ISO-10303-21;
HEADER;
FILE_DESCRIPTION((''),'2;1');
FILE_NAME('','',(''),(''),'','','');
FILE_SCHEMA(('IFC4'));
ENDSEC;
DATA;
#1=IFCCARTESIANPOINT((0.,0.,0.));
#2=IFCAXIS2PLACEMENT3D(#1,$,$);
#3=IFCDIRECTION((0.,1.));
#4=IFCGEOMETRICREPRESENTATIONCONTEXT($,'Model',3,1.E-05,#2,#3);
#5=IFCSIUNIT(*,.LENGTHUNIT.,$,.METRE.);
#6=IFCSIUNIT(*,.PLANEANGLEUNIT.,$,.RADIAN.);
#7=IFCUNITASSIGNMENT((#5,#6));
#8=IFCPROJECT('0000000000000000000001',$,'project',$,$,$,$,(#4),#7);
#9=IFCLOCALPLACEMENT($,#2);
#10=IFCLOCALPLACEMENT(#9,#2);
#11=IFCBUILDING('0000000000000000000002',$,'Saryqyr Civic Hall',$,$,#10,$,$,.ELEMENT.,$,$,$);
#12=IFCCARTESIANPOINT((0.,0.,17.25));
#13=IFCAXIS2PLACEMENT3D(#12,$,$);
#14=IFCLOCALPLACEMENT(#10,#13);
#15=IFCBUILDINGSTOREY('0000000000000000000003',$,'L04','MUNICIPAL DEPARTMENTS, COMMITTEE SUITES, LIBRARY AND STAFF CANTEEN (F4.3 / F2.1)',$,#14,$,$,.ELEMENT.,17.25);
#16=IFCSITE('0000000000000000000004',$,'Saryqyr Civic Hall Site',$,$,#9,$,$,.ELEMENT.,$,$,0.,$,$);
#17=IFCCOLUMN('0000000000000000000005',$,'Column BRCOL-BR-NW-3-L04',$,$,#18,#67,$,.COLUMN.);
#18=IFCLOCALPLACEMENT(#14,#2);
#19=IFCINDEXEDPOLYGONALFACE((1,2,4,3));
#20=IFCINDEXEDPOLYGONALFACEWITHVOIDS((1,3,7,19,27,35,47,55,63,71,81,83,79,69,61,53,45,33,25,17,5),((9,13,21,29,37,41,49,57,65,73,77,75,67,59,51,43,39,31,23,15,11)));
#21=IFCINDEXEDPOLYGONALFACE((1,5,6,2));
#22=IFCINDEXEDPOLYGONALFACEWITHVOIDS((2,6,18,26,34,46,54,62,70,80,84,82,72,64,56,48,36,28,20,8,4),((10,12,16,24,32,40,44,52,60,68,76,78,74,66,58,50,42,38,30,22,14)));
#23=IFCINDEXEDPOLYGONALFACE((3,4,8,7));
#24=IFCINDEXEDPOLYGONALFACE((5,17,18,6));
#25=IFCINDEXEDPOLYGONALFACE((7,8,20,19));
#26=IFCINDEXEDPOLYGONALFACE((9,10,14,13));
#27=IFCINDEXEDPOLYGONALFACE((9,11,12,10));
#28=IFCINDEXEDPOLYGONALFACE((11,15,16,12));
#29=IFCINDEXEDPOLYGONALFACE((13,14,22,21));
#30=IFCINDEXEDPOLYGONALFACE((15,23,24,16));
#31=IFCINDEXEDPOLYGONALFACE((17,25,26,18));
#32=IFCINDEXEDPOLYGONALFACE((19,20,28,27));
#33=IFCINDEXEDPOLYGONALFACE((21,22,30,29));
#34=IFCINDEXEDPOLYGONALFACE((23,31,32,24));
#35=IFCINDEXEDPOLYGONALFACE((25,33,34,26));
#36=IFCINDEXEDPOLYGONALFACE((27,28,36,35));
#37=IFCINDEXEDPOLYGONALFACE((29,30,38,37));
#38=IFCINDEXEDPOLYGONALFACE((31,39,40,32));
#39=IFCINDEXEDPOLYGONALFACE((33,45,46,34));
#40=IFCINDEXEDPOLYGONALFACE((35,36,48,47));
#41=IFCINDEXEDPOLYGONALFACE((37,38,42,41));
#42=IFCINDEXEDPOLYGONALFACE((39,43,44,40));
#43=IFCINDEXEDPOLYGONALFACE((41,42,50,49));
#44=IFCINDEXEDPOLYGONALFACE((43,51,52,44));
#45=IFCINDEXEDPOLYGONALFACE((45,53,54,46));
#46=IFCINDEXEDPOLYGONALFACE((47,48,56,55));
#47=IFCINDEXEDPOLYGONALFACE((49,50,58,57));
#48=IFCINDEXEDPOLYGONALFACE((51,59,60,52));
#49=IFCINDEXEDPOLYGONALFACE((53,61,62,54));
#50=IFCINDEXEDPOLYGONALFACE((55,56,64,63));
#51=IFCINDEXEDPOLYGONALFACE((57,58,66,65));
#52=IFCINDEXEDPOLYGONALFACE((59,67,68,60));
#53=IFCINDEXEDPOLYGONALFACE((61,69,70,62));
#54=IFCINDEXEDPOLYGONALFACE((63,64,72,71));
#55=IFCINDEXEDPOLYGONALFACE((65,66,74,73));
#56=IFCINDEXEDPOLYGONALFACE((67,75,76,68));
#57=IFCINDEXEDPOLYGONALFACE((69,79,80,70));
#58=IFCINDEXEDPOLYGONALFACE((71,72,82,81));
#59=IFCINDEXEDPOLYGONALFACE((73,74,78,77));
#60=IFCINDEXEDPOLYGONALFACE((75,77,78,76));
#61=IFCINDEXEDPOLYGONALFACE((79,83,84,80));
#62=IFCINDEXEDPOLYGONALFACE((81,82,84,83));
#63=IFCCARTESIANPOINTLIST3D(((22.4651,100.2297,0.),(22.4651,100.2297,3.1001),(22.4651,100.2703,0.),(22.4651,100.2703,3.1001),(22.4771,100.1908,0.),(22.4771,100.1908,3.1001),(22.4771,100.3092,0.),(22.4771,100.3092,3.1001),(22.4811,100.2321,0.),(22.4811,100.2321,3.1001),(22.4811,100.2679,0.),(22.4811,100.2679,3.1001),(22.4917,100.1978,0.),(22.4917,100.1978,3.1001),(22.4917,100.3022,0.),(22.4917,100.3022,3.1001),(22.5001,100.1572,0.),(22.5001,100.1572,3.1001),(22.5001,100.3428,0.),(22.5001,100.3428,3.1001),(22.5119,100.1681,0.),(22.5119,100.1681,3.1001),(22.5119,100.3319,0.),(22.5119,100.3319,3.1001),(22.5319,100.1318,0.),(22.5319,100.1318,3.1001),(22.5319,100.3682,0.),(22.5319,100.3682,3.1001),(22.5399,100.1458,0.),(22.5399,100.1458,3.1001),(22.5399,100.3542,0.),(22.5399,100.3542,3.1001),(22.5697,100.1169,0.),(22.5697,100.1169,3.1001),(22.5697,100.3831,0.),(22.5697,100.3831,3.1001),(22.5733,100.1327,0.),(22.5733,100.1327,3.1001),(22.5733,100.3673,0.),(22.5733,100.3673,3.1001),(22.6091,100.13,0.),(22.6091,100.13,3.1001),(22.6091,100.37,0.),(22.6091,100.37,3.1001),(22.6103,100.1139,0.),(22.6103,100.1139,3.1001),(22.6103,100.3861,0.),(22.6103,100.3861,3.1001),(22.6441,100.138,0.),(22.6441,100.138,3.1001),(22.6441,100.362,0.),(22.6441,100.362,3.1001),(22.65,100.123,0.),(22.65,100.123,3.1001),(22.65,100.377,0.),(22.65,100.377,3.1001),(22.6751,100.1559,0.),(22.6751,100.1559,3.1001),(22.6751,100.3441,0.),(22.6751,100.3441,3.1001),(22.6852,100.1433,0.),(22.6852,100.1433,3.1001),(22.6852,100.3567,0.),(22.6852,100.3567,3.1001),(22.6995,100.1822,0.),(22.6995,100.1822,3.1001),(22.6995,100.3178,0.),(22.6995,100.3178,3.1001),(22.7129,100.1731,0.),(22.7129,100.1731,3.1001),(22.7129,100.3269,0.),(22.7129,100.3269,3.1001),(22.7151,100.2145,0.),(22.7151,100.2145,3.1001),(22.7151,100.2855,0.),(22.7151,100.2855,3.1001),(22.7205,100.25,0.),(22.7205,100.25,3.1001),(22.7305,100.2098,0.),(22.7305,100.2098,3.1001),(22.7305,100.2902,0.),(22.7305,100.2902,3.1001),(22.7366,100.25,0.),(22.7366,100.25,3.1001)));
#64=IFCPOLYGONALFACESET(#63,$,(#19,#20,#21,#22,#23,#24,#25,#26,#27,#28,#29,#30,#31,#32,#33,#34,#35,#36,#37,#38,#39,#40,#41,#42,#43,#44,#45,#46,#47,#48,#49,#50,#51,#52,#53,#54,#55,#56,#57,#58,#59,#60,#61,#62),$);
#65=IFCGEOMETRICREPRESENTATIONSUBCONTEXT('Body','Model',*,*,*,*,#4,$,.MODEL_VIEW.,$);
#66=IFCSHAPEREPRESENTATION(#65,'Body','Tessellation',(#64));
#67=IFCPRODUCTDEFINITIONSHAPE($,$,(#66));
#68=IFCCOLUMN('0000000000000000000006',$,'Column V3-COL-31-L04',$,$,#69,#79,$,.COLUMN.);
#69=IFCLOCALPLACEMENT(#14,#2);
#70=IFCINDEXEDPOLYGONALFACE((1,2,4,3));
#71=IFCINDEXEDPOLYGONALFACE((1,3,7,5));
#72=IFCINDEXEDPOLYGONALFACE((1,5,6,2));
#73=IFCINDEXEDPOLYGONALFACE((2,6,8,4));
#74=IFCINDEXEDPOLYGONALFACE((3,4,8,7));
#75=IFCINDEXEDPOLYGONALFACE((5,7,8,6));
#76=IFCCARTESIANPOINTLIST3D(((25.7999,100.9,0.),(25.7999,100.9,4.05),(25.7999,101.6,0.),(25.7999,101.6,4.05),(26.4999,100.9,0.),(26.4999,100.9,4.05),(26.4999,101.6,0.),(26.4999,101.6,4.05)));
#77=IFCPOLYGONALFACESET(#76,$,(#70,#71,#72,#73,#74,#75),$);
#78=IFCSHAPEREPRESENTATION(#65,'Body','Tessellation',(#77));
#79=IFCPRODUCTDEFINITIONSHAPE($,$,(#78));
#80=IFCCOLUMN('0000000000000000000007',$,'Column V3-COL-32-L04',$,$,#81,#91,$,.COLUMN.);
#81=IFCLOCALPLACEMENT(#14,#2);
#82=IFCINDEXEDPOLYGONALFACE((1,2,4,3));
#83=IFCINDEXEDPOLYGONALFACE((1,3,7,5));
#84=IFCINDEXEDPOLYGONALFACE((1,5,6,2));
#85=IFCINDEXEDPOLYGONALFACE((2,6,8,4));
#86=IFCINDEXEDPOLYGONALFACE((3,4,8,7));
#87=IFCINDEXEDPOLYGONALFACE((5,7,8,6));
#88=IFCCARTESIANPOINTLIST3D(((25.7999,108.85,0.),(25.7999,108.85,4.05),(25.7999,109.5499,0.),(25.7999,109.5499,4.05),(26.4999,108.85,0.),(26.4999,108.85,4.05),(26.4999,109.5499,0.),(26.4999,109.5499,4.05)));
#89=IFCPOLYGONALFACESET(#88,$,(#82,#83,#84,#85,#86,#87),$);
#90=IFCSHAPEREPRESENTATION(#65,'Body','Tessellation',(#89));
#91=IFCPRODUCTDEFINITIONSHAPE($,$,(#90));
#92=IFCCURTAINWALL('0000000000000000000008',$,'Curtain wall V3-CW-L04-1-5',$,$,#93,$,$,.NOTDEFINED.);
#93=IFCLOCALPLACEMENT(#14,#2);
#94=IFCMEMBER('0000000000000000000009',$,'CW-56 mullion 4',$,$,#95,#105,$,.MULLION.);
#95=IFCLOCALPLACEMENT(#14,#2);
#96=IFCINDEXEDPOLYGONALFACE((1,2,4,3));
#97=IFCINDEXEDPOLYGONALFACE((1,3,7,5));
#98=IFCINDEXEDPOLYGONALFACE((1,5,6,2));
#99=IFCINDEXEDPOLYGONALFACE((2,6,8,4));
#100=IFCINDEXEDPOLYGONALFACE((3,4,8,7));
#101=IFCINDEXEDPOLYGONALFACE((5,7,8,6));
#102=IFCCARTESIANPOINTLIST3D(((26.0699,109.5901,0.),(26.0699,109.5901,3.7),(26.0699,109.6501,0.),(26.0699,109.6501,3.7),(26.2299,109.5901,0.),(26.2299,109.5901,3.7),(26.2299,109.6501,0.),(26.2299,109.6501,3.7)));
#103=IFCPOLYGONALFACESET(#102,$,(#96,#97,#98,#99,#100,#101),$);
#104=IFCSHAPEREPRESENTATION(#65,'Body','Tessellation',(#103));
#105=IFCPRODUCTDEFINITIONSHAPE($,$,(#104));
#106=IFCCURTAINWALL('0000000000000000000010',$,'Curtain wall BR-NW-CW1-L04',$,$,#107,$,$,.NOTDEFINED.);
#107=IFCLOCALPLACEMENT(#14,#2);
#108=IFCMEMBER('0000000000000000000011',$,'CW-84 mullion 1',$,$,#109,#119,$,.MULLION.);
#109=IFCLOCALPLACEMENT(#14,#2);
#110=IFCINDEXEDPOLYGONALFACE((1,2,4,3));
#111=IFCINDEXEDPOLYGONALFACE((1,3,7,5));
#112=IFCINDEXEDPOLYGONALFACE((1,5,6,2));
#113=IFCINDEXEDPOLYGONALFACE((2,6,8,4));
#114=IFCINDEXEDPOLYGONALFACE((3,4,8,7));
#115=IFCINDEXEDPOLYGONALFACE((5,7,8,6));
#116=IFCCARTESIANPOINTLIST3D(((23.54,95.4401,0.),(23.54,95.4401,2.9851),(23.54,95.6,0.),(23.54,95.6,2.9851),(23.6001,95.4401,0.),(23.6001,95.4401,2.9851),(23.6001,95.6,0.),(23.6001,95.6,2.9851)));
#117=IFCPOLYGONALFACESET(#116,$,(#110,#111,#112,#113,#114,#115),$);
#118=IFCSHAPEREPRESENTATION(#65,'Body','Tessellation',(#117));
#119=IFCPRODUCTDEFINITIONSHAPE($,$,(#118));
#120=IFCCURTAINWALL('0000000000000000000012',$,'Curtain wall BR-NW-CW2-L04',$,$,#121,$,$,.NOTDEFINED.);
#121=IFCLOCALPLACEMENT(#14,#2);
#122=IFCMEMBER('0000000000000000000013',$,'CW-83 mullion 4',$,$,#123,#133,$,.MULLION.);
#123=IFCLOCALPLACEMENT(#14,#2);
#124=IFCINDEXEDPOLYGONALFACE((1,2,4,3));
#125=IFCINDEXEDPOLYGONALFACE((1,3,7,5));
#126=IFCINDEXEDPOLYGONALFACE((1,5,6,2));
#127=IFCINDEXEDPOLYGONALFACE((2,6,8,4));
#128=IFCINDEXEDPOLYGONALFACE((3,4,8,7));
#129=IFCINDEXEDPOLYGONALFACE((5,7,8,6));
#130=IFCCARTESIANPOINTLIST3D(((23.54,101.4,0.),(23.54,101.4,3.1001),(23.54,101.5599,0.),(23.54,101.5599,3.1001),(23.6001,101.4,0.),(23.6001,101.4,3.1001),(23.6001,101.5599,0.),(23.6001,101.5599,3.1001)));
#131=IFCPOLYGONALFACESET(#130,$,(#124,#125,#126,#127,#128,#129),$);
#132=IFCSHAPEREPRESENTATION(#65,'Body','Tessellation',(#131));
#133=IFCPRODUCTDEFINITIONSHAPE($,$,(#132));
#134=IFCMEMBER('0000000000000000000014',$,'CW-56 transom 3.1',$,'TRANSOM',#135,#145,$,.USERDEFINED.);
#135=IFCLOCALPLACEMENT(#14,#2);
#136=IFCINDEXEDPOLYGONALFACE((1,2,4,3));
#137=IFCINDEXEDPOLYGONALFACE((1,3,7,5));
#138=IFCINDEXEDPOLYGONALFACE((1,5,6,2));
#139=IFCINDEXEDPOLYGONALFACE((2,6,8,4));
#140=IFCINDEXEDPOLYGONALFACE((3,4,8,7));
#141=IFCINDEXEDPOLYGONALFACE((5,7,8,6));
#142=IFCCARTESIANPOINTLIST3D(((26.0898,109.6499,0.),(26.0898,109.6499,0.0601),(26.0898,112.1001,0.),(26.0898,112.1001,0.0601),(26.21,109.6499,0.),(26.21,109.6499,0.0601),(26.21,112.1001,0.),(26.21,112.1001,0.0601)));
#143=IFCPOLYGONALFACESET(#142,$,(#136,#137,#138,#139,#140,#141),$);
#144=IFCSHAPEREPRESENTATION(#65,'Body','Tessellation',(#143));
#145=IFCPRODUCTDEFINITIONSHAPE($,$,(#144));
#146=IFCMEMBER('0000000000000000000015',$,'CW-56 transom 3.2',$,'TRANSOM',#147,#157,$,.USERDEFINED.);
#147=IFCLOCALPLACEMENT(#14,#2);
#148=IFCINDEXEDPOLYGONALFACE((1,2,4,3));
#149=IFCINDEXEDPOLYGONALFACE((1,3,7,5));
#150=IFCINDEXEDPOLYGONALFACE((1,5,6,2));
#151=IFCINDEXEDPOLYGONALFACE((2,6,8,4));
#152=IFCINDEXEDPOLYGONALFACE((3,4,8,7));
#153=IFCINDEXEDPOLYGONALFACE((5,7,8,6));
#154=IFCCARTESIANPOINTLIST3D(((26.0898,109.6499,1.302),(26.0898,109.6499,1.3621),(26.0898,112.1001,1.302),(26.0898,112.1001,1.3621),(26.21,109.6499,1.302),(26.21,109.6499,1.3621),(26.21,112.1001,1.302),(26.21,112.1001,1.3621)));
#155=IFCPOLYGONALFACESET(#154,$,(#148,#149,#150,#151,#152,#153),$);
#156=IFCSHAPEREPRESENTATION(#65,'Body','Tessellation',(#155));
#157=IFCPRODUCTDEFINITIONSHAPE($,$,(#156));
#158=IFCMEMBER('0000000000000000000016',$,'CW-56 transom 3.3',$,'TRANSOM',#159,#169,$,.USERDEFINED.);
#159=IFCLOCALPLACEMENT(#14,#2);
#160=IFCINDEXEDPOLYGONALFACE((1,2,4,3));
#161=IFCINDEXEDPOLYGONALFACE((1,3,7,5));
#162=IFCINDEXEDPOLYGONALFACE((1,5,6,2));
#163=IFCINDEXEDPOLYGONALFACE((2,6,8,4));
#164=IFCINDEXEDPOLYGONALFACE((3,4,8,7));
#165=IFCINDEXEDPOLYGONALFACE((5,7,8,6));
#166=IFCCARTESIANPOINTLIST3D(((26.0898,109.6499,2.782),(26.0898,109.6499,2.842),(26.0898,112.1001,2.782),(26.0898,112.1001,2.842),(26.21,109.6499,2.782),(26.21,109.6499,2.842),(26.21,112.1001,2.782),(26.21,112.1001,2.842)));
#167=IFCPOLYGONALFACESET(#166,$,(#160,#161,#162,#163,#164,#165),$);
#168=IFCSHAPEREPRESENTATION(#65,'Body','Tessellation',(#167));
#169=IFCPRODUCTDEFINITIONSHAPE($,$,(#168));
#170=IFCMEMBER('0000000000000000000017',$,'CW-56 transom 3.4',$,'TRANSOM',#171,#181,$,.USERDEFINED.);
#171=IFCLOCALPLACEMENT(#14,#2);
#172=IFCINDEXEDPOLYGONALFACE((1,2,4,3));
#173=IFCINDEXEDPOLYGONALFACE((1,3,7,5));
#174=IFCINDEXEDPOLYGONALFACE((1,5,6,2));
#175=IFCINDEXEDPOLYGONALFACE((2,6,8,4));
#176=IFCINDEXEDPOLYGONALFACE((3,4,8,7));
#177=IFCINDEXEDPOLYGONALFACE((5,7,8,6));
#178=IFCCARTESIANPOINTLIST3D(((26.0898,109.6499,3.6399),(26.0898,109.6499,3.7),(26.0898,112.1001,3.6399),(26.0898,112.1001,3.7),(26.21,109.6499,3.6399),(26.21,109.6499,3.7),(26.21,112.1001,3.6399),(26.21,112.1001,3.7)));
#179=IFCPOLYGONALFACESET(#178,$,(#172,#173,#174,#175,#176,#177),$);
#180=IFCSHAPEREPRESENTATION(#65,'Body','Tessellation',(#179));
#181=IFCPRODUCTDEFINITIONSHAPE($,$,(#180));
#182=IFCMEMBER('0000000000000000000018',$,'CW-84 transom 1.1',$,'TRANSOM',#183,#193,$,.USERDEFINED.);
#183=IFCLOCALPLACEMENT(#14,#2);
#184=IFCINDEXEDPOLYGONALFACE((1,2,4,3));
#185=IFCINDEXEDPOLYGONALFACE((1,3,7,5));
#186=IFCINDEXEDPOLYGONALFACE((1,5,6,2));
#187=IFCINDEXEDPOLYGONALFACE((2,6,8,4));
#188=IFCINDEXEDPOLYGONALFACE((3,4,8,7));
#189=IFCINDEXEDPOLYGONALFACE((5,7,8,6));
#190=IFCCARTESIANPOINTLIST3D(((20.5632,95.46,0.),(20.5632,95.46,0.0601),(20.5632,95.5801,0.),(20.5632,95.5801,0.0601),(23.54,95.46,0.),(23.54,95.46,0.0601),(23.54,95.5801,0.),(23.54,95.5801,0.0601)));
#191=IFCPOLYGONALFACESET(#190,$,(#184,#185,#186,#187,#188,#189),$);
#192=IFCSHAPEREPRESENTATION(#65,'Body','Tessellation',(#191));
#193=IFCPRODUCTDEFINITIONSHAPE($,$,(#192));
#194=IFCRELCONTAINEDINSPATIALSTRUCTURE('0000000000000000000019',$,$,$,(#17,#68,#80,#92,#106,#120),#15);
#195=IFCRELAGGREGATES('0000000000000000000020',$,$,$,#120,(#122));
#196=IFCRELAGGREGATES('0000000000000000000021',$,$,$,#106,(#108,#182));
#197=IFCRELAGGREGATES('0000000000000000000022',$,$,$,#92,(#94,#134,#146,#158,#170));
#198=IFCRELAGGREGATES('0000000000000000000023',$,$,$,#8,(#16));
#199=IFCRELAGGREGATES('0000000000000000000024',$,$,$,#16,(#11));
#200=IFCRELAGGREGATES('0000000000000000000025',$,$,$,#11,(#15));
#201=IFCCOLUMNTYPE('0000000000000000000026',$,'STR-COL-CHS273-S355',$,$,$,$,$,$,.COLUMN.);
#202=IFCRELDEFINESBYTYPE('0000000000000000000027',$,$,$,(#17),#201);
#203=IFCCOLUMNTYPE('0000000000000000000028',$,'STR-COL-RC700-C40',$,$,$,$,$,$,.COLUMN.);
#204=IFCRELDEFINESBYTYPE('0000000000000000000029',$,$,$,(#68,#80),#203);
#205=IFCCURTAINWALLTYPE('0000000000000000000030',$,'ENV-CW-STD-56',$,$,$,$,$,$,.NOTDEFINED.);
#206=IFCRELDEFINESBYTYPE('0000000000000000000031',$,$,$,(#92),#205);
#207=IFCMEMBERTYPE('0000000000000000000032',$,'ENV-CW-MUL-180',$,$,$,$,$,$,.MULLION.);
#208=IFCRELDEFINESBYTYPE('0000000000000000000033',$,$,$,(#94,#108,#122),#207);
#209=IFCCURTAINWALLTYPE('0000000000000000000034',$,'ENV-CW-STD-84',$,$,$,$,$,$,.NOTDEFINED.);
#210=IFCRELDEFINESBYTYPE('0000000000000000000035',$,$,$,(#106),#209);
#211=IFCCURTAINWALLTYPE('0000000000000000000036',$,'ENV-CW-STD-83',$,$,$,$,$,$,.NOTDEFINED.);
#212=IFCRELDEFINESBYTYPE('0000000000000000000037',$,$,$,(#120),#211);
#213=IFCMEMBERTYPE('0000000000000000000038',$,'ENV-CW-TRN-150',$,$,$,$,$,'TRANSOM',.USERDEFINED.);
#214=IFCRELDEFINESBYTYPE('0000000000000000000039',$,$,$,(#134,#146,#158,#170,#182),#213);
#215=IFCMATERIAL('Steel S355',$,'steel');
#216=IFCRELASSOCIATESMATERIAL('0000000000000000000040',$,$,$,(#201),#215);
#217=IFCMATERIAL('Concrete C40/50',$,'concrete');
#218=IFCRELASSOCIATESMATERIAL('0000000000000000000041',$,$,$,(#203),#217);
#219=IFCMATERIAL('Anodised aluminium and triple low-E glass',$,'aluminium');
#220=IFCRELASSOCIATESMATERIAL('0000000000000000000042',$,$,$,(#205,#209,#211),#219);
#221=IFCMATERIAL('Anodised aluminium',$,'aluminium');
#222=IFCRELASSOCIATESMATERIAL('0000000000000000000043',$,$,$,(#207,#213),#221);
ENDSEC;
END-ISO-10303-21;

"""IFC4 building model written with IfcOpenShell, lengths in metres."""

from ifc_helpers import new_model, si_unit, direction, frame, origin, origin_2d, place, context, subcontext, project, spatial, rectangle, hollow_circle, extrude, material, material_profile, profile_set, type_object, element, aggregate, save


model = new_model("IFC4")

# Units and contexts
model_context = context("Model", 3, precision=1e-05, world=origin(), true_north=direction((0.0, 1.0)))
body_context = subcontext(model_context, "Body", "Model", "MODEL_VIEW")
ifc_project = project(units=[si_unit("LENGTHUNIT", "METRE"), si_unit("PLANEANGLEUNIT", "RADIAN")], contexts=[model_context])

# Site, building, storey
site_placement = place(None, origin())
site = spatial("IfcSite", under=ifc_project, at=site_placement, Name="Saryqyr Civic Hall Site", CompositionType="ELEMENT", RefElevation=0.0)
building_placement = place(site_placement, origin())
building = spatial("IfcBuilding", under=site, at=building_placement, Name="Saryqyr Civic Hall", CompositionType="ELEMENT")
storey_placement = place(building_placement, frame((0.0, 0.0, 17.25)))
storey = spatial("IfcBuildingStorey", under=building, at=storey_placement, Name="L04", Description="MUNICIPAL DEPARTMENTS, COMMITTEE SUITES, LIBRARY AND STAFF CANTEEN (F4.3 / F2.1)", CompositionType="ELEMENT", Elevation=17.25)

# Columns
ifc_material_1 = material(Name="Steel S355", Category="steel")
ifc_material_profile_1 = material_profile(ifc_material_1, hollow_circle(Radius=0.1365, WallThickness=0.0161, at=origin_2d()), Name="CHS 273x16")
ifc_profile_set_1 = profile_set([ifc_material_profile_1], Name="Steel S355")
column_type_1 = type_object("IfcColumnType", Name="STR-COL-CHS273-S355", PredefinedType="COLUMN", material=ifc_profile_set_1)
column_placement = place(storey_placement, frame((22.6001, 100.25, 0.0), z_axis=(0.0, 0.0, 1.0), x_axis=(1.0, 0.0, 0.0)))
element("IfcColumn", 1, at=column_placement, inside=storey, type_object=column_type_1, Name="Column BRCOL-BR-NW-3-L04", PredefinedType="COLUMN", context=body_context, shape_type="SweptSolid", body=[
    extrude(hollow_circle(Radius=0.1365, WallThickness=0.0161, at=origin_2d()), origin(), (0.0, 0.0, 1.0), 3.1001),
])
ifc_material_2 = material(Name="Concrete C40/50", Category="concrete")
ifc_material_profile_2 = material_profile(ifc_material_2, rectangle(XDim=0.7, YDim=0.7, at=origin_2d()), Name="RC 700x700")
ifc_profile_set_2 = profile_set([ifc_material_profile_2], Name="Concrete C40/50")
column_type_2 = type_object("IfcColumnType", Name="STR-COL-RC700-C40", PredefinedType="COLUMN", material=ifc_profile_set_2)
for number, where, z_axis, x_axis, name in (
    (2, (26.1499, 101.25, 0.0), (0.0, 0.0, 1.0), (1.0, 0.0, 0.0), "Column V3-COL-31-L04"),
    (3, (26.1499, 109.2, 0.0), (0.0, 0.0, 1.0), (1.0, 0.0, 0.0), "Column V3-COL-32-L04"),
):
    element("IfcColumn", number, at=place(storey_placement, frame(where, z_axis=z_axis, x_axis=x_axis)), inside=storey, type_object=column_type_2, Name=name, PredefinedType="COLUMN", context=body_context, shape_type="SweptSolid", body=[
        extrude(rectangle(XDim=0.7, YDim=0.7, at=origin_2d()), origin(), (0.0, 0.0, 1.0), 4.05),
    ])

# Curtain walls, members
ifc_material_3 = material(Name="Anodised aluminium and triple low-E glass", Category="aluminium")
curtain_wall_type_1 = type_object("IfcCurtainWallType", Name="ENV-CW-STD-56", PredefinedType="NOTDEFINED", material=ifc_material_3)
curtain_wall_1_placement = place(storey_placement, origin())
curtain_wall_1 = element("IfcCurtainWall", 4, at=curtain_wall_1_placement, inside=storey, type_object=curtain_wall_type_1, Name="Curtain wall V3-CW-L04-1-5", PredefinedType="NOTDEFINED")
ifc_material_4 = material(Name="Anodised aluminium", Category="aluminium")
ifc_material_profile_3 = material_profile(ifc_material_4, rectangle(XDim=0.0601, YDim=0.1599, at=origin_2d()), Name="ALU MULLION 60x160")
ifc_profile_set_3 = profile_set([ifc_material_profile_3], Name="Anodised aluminium")
member_type_1 = type_object("IfcMemberType", Name="ENV-CW-MUL-180", PredefinedType="MULLION", material=ifc_profile_set_3)
member_1_placement = place(storey_placement, frame((26.1499, 109.6201, 0.0), z_axis=(0.0, 0.0, 1.0), x_axis=(0.0, -1.0, 0.0)))
member_1 = element("IfcMember", 5, at=member_1_placement, type_object=member_type_1, Name="CW-56 mullion 4", PredefinedType="MULLION", context=body_context, shape_type="SweptSolid", body=[
    extrude(rectangle(XDim=0.0601, YDim=0.1599, at=origin_2d()), origin(), (0.0, 0.0, 1.0), 3.7),
])
curtain_wall_type_2 = type_object("IfcCurtainWallType", Name="ENV-CW-STD-84", PredefinedType="NOTDEFINED", material=ifc_material_3)
curtain_wall_2_placement = place(storey_placement, origin())
curtain_wall_2 = element("IfcCurtainWall", 6, at=curtain_wall_2_placement, inside=storey, type_object=curtain_wall_type_2, Name="Curtain wall BR-NW-CW1-L04", PredefinedType="NOTDEFINED")
member_2_placement = place(storey_placement, frame((23.5701, 95.52, 0.0), z_axis=(0.0, 0.0, 1.0), x_axis=(-1.0, 0.0, 0.0)))
member_2 = element("IfcMember", 7, at=member_2_placement, type_object=member_type_1, Name="CW-84 mullion 1", PredefinedType="MULLION", context=body_context, shape_type="SweptSolid", body=[
    extrude(rectangle(XDim=0.0601, YDim=0.1599, at=origin_2d()), origin(), (0.0, 0.0, 1.0), 2.9851),
])
curtain_wall_type_3 = type_object("IfcCurtainWallType", Name="ENV-CW-STD-83", PredefinedType="NOTDEFINED", material=ifc_material_3)
curtain_wall_3_placement = place(storey_placement, origin())
curtain_wall_3 = element("IfcCurtainWall", 8, at=curtain_wall_3_placement, inside=storey, type_object=curtain_wall_type_3, Name="Curtain wall BR-NW-CW2-L04", PredefinedType="NOTDEFINED")
member_3_placement = place(storey_placement, frame((23.5701, 101.48, 0.0), z_axis=(0.0, 0.0, 1.0), x_axis=(1.0, 0.0, 0.0)))
member_3 = element("IfcMember", 9, at=member_3_placement, type_object=member_type_1, Name="CW-83 mullion 4", PredefinedType="MULLION", context=body_context, shape_type="SweptSolid", body=[
    extrude(rectangle(XDim=0.0601, YDim=0.1599, at=origin_2d()), origin(), (0.0, 0.0, 1.0), 3.1001),
])
aggregate(curtain_wall_3, [member_3])

# Members
ifc_material_profile_4 = material_profile(ifc_material_4, rectangle(XDim=0.1201, YDim=0.0601, at=origin_2d()), Name="ALU TRANSOM 120x60")
ifc_profile_set_4 = profile_set([ifc_material_profile_4], Name="Anodised aluminium")
member_type_2 = type_object("IfcMemberType", Name="ENV-CW-TRN-150", ElementType="TRANSOM", PredefinedType="USERDEFINED", material=ifc_profile_set_4)
member_4_placement = place(storey_placement, frame((26.1499, 112.1001, 0.03), z_axis=(0.0, -1.0, 0.0), x_axis=(1.0, 0.0, 0.0)))
member_4 = element("IfcMember", 10, at=member_4_placement, type_object=member_type_2, Name="CW-56 transom 3.1", ObjectType="TRANSOM", PredefinedType="USERDEFINED", context=body_context, shape_type="SweptSolid", body=[
    extrude(rectangle(XDim=0.1201, YDim=0.0601, at=origin_2d()), origin(), (0.0, 0.0, 1.0), 2.4502),
])
member_5_placement = place(storey_placement, frame((26.1499, 112.1001, 1.332), z_axis=(0.0, -1.0, 0.0), x_axis=(1.0, 0.0, 0.0)))
member_5 = element("IfcMember", 11, at=member_5_placement, type_object=member_type_2, Name="CW-56 transom 3.2", ObjectType="TRANSOM", PredefinedType="USERDEFINED", context=body_context, shape_type="SweptSolid", body=[
    extrude(rectangle(XDim=0.1201, YDim=0.0601, at=origin_2d()), origin(), (0.0, 0.0, 1.0), 2.4502),
])
member_6_placement = place(storey_placement, frame((26.1499, 112.1001, 2.812), z_axis=(0.0, -1.0, 0.0), x_axis=(1.0, 0.0, 0.0)))
member_6 = element("IfcMember", 12, at=member_6_placement, type_object=member_type_2, Name="CW-56 transom 3.3", ObjectType="TRANSOM", PredefinedType="USERDEFINED", context=body_context, shape_type="SweptSolid", body=[
    extrude(rectangle(XDim=0.1201, YDim=0.0601, at=origin_2d()), origin(), (0.0, 0.0, 1.0), 2.4502),
])
member_7_placement = place(storey_placement, frame((26.1499, 112.1001, 3.6699), z_axis=(0.0, -1.0, 0.0), x_axis=(1.0, 0.0, 0.0)))
member_7 = element("IfcMember", 13, at=member_7_placement, type_object=member_type_2, Name="CW-56 transom 3.4", ObjectType="TRANSOM", PredefinedType="USERDEFINED", context=body_context, shape_type="SweptSolid", body=[
    extrude(rectangle(XDim=0.1201, YDim=0.0601, at=origin_2d()), origin(), (0.0, 0.0, 1.0), 2.4502),
])
member_8_placement = place(storey_placement, frame((23.54, 95.52, 0.03), z_axis=(-1.0, 0.0, 0.0), x_axis=(0.0, -1.0, 0.0)))
member_8 = element("IfcMember", 14, at=member_8_placement, type_object=member_type_2, Name="CW-84 transom 1.1", ObjectType="TRANSOM", PredefinedType="USERDEFINED", context=body_context, shape_type="SweptSolid", body=[
    extrude(rectangle(XDim=0.1201, YDim=0.0601, at=origin_2d()), origin(), (0.0, 0.0, 1.0), 2.9768),
])
aggregate(curtain_wall_2, [member_2, member_8])

aggregate(curtain_wall_1, [member_1, member_4, member_5, member_6, member_7])

save(model, "model.ifc")
